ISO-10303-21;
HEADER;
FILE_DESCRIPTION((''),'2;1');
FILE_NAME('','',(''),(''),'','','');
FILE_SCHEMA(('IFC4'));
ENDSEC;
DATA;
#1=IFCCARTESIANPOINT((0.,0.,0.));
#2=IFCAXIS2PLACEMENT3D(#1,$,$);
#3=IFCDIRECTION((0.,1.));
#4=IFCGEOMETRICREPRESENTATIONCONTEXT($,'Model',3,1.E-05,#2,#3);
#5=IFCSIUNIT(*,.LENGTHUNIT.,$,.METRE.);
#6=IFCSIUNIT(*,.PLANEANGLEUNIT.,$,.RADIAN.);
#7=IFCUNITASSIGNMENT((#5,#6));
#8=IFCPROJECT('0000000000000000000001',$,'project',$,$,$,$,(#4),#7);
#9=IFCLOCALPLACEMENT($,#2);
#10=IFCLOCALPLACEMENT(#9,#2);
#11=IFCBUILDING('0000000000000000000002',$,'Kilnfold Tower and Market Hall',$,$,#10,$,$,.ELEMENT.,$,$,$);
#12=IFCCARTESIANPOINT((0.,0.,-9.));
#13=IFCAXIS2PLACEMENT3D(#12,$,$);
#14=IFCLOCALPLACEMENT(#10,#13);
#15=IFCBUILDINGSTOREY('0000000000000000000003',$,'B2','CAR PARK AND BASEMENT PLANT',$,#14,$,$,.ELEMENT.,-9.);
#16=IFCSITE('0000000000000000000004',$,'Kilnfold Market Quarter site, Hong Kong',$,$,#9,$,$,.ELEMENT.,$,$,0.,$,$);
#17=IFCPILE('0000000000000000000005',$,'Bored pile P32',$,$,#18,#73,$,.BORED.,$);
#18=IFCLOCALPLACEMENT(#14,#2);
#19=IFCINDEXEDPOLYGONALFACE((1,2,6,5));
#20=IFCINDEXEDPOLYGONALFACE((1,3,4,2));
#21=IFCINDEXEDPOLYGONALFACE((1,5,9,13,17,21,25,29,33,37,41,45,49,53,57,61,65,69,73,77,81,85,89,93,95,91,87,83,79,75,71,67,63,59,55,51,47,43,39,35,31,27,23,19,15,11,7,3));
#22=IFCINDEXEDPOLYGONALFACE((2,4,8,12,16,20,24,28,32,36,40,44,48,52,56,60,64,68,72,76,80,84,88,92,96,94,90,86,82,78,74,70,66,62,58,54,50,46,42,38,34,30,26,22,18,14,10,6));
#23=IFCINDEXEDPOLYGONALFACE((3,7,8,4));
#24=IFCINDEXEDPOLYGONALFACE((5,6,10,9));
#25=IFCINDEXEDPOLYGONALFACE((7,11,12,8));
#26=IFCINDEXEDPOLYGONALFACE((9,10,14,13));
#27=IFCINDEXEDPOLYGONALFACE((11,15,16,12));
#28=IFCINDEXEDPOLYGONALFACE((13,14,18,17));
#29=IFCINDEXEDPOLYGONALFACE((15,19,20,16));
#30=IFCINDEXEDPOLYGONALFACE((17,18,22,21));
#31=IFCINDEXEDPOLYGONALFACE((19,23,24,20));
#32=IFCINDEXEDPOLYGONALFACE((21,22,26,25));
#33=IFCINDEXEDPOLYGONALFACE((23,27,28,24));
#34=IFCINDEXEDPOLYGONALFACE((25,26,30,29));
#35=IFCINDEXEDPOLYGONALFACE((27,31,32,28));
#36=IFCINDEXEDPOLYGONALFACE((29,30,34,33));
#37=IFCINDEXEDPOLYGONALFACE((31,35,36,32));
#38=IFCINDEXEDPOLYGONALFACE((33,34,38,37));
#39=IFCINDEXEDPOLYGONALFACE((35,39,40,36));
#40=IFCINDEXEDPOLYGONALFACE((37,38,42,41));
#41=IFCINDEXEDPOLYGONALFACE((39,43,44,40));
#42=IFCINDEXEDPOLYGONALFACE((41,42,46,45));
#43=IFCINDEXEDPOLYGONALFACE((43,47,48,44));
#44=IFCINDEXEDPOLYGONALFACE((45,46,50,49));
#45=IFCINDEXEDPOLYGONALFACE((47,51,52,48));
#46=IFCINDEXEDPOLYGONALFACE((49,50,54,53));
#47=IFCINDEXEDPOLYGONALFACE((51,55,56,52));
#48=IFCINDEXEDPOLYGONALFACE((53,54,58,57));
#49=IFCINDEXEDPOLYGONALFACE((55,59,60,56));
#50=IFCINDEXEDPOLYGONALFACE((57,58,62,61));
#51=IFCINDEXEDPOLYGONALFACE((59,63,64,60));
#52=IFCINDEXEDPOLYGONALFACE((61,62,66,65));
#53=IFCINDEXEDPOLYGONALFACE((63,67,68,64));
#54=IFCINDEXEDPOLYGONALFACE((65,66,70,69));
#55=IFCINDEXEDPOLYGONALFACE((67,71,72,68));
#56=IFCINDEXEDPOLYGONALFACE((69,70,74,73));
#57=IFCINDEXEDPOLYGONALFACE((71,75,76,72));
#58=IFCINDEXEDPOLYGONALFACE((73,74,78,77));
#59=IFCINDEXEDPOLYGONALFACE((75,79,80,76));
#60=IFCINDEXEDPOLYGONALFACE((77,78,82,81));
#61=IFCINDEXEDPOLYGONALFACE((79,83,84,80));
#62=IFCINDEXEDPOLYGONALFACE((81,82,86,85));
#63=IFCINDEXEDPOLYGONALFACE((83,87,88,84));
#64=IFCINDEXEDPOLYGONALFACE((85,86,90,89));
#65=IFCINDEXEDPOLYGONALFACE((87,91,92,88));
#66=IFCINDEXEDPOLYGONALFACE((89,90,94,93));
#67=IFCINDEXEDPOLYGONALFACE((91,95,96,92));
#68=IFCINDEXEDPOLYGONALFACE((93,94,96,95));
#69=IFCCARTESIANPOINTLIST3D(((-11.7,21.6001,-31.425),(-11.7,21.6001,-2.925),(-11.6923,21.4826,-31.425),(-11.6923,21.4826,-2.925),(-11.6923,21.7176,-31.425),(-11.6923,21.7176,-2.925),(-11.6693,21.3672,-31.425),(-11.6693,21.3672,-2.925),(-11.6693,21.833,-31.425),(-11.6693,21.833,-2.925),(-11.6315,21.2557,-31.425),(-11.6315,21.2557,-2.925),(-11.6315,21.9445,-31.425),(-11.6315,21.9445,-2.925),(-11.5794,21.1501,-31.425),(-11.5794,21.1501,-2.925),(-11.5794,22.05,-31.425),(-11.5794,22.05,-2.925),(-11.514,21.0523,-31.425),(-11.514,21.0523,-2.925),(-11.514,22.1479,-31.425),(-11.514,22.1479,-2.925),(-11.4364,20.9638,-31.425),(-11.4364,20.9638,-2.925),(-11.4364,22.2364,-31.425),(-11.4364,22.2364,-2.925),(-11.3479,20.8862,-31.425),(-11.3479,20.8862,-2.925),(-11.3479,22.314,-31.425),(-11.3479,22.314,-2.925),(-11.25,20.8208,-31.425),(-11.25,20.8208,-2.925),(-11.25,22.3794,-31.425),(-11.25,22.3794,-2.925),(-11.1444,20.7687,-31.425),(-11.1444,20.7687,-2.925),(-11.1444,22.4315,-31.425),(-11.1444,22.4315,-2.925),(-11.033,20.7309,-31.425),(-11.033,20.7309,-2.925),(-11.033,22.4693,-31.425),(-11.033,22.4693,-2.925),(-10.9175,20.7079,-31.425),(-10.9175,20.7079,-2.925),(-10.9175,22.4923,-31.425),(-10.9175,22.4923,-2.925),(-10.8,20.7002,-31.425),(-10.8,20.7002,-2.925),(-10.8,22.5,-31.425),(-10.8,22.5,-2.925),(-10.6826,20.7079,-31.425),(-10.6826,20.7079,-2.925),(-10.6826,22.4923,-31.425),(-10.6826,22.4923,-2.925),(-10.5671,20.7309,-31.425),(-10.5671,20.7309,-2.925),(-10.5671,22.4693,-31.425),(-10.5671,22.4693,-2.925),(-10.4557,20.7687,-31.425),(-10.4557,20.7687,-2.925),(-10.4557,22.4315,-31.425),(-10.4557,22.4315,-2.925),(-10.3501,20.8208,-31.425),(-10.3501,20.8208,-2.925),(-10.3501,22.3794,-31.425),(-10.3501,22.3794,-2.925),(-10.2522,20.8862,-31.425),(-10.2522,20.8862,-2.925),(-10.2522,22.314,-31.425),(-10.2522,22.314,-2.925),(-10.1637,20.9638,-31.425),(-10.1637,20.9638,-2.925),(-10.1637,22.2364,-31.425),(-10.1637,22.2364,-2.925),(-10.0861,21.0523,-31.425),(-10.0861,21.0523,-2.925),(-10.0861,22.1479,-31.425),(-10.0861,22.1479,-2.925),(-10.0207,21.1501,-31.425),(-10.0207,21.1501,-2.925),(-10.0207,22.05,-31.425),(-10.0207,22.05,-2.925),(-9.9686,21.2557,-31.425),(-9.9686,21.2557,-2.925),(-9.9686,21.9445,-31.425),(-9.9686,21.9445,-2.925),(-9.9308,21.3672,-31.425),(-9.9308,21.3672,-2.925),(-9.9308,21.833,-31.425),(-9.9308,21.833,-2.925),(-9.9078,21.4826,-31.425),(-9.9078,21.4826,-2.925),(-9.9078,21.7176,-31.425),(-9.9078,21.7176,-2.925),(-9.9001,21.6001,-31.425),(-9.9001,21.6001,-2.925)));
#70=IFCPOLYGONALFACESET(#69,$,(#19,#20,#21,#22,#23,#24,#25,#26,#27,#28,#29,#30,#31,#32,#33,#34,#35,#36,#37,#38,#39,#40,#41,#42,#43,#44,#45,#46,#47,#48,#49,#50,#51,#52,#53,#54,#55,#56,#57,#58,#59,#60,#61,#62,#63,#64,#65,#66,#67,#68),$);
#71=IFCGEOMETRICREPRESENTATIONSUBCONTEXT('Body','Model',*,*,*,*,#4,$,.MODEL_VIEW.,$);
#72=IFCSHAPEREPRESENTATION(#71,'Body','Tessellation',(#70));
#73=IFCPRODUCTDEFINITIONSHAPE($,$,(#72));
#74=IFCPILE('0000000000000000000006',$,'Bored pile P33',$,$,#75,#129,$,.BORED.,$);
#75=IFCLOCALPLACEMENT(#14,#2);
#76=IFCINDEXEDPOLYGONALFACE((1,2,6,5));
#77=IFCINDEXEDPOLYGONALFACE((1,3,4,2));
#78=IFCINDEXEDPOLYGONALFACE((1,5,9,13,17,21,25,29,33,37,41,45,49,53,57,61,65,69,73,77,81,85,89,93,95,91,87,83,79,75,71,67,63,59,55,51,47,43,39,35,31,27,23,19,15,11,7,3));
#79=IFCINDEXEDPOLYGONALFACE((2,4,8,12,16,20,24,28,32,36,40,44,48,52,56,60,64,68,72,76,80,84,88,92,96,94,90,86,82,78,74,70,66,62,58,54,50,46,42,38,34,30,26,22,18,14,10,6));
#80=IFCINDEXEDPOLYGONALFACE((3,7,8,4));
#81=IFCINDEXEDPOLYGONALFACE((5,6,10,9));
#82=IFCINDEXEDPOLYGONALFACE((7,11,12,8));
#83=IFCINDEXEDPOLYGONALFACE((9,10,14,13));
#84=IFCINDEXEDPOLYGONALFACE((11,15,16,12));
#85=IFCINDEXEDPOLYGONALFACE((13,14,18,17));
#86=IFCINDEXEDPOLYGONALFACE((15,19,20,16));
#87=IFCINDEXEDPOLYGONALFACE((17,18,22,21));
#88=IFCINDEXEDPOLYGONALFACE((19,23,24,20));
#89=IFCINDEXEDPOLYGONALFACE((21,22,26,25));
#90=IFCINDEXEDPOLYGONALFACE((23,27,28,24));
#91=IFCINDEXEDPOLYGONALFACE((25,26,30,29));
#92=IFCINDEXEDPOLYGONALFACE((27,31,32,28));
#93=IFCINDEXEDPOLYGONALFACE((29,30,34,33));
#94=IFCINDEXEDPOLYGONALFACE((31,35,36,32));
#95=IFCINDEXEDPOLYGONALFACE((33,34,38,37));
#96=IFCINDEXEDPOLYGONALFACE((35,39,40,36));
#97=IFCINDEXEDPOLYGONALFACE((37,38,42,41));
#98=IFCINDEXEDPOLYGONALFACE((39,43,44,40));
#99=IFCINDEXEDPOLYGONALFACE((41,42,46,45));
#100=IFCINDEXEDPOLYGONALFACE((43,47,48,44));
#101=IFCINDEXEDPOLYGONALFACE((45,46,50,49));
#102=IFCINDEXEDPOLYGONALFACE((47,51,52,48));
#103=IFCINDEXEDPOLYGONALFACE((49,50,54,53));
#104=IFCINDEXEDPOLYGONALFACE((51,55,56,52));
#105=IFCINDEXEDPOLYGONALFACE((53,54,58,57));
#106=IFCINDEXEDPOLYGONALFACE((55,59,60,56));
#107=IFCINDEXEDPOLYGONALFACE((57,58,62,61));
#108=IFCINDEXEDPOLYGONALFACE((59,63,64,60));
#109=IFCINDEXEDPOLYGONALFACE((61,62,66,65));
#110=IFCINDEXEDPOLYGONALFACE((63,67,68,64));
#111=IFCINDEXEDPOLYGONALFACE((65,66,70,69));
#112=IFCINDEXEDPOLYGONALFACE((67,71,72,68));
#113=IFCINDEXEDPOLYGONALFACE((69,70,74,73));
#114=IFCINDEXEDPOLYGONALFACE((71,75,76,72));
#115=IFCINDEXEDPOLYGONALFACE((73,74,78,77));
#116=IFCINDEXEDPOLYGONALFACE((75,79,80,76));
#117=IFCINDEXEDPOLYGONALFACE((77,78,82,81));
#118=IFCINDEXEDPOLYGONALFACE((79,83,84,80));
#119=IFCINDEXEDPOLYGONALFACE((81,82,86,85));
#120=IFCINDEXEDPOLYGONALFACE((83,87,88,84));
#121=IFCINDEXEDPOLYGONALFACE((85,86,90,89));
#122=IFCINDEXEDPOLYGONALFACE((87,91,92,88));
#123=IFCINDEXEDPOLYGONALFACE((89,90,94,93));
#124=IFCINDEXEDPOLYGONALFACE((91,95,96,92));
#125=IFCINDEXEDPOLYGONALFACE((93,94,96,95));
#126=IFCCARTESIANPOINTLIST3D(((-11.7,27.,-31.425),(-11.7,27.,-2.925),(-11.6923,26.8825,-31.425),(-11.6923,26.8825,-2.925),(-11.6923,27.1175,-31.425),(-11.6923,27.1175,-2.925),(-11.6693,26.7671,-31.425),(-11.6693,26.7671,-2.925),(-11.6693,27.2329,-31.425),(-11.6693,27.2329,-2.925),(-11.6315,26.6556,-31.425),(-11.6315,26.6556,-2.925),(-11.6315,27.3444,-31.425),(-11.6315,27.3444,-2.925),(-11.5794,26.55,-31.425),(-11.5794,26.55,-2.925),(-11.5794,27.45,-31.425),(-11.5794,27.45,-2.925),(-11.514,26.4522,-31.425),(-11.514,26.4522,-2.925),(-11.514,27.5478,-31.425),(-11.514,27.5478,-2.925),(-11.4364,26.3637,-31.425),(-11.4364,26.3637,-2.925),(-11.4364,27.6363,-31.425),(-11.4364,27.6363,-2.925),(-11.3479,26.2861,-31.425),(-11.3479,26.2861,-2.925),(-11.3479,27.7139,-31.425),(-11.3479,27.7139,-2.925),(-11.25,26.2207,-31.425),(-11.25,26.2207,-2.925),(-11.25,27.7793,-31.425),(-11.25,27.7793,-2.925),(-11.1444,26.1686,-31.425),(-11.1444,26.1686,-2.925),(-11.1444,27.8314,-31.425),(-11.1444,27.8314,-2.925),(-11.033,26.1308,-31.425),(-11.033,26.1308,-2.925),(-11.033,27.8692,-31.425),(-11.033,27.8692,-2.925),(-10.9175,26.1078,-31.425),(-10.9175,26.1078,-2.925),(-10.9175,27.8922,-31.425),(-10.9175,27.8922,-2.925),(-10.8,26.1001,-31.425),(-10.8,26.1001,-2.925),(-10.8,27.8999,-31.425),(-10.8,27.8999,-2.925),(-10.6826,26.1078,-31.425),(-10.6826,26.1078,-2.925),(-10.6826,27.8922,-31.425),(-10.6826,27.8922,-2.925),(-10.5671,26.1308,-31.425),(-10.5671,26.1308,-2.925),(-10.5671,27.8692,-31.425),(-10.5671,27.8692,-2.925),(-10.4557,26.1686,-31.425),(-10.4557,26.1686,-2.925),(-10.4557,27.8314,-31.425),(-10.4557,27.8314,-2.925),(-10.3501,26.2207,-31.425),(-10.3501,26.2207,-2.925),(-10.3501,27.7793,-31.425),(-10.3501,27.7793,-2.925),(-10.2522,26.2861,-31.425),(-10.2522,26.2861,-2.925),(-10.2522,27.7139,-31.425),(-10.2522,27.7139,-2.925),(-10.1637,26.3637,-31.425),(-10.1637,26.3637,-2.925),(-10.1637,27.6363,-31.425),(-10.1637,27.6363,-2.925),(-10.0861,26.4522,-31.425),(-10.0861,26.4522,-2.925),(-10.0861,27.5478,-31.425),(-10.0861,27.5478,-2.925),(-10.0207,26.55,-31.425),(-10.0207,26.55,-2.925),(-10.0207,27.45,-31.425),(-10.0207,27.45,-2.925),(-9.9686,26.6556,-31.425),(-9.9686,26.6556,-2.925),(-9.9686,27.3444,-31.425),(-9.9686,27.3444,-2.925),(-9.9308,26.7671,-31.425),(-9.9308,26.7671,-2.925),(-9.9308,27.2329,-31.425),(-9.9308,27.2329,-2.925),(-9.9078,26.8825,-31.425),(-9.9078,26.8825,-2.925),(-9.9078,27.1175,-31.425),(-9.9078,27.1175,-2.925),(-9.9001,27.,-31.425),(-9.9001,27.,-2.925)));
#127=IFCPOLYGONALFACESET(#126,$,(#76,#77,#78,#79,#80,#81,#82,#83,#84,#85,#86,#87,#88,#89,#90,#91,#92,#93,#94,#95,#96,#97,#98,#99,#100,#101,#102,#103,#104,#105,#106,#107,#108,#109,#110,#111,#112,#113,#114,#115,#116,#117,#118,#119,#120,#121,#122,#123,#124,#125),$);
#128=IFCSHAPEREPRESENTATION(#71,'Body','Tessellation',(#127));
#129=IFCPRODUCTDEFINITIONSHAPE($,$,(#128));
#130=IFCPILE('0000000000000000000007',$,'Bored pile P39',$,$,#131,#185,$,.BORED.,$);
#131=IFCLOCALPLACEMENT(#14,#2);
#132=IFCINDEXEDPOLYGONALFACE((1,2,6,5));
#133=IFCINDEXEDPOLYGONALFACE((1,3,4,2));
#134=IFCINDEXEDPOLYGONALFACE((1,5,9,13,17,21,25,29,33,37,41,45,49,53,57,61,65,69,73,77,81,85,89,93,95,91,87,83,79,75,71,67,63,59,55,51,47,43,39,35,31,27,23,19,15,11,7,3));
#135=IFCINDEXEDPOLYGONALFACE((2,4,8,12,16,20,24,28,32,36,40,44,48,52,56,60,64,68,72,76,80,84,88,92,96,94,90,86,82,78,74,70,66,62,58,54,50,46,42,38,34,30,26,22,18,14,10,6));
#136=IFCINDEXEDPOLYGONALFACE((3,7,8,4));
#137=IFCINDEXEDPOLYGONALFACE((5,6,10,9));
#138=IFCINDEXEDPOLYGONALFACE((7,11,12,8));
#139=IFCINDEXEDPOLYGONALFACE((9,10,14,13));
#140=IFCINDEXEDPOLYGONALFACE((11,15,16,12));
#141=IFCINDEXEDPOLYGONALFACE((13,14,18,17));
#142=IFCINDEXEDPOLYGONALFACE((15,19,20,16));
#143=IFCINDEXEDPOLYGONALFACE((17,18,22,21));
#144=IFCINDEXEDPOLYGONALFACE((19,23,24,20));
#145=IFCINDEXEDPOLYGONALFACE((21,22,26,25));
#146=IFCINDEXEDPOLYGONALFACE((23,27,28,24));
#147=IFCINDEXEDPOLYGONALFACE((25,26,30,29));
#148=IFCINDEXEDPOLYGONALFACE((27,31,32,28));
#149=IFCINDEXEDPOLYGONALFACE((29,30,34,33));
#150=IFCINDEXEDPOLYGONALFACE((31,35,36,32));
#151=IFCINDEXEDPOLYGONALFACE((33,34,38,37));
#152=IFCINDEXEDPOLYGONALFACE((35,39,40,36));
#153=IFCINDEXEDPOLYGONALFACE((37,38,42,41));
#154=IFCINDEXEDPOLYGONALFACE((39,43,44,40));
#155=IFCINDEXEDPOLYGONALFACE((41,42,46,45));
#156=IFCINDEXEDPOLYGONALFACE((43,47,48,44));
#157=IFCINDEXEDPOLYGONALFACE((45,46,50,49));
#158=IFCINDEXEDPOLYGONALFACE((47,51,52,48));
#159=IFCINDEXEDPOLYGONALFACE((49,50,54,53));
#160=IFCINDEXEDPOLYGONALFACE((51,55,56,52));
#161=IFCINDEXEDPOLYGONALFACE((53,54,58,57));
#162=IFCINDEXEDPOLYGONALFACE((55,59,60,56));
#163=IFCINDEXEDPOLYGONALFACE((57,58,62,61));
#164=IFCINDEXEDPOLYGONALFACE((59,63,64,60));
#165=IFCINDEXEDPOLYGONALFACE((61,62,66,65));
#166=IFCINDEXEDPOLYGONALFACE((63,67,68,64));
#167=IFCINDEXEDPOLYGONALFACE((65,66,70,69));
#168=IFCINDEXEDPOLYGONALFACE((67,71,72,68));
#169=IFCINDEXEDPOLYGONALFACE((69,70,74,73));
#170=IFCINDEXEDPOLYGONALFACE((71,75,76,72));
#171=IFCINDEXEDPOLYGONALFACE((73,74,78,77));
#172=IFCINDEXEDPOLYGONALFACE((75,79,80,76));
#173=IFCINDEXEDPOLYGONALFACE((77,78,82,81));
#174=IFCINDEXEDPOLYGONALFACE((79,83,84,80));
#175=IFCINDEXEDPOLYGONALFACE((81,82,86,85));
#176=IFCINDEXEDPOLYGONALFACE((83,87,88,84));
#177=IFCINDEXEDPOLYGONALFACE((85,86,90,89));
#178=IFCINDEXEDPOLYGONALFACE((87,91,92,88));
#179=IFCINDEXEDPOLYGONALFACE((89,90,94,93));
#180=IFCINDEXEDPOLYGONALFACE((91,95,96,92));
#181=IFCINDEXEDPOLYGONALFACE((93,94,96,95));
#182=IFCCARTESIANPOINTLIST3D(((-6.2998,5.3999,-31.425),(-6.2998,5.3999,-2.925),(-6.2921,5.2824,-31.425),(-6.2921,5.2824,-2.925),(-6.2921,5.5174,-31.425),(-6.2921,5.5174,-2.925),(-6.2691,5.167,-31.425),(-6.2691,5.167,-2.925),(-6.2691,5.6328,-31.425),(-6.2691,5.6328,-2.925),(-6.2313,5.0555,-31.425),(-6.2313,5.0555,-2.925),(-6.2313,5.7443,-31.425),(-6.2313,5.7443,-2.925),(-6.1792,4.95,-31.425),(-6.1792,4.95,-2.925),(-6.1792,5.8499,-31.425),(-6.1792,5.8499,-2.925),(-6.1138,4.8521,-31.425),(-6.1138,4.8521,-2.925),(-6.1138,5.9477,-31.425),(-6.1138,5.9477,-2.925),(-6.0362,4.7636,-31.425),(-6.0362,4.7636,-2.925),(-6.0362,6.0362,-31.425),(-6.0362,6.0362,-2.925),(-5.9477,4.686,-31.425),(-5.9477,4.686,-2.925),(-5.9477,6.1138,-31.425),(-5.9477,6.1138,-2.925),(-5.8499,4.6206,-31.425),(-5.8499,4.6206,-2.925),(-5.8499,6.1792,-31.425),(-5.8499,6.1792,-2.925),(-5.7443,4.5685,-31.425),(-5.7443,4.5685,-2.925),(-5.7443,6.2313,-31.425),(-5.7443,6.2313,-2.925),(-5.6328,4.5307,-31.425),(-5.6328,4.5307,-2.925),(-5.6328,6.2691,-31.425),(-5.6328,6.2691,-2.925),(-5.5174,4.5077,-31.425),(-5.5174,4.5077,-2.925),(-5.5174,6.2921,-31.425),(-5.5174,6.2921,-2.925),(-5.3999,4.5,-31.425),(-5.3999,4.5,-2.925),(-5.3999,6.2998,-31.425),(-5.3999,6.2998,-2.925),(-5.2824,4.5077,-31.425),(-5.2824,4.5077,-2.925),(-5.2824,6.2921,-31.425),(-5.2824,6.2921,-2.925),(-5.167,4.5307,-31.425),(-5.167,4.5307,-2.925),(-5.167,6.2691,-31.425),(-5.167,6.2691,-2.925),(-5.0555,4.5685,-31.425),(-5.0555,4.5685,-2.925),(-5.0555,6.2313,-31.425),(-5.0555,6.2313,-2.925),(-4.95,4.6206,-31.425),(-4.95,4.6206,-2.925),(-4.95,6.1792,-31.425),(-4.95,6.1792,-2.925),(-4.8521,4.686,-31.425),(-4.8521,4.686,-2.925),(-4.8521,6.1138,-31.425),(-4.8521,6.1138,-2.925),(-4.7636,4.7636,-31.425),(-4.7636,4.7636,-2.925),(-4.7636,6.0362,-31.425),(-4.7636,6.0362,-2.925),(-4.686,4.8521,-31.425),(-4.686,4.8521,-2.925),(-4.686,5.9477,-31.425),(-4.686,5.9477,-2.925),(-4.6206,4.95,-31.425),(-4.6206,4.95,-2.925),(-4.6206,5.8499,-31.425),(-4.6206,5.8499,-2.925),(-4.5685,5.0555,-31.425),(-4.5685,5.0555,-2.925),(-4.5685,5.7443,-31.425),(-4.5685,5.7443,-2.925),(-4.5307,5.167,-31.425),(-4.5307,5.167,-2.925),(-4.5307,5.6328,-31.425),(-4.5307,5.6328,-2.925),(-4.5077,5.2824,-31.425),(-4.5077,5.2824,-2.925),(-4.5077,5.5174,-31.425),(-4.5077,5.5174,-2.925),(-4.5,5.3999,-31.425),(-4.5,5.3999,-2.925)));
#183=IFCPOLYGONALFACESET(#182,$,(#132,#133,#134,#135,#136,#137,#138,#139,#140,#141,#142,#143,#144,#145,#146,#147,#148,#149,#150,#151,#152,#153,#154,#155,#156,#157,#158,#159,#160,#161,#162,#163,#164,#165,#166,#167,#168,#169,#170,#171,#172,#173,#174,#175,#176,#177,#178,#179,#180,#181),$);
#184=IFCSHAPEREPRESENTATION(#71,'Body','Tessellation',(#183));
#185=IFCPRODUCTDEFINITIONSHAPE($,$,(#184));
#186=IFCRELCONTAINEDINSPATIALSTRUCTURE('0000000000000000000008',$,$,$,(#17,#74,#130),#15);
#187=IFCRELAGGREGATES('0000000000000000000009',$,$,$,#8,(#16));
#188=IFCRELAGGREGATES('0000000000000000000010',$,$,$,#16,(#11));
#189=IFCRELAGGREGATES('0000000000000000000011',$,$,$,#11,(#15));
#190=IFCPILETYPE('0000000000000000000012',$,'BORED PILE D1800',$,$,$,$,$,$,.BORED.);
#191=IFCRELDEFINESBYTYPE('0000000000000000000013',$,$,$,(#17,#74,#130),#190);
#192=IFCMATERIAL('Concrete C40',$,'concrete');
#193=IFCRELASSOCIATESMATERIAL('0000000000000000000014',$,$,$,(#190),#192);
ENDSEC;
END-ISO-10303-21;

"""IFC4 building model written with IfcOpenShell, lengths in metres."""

from ifc_helpers import new_model, si_unit, direction, frame, origin, origin_2d, place, context, subcontext, project, spatial, circle, extrude, source, transform, mapped, material, material_profile, profile_set, type_object, element, save


model = new_model("IFC4")

# Units and contexts
model_context = context("Model", 3, precision=1e-05, world=origin(), true_north=direction((0.0, 1.0)))
body_context = subcontext(model_context, "Body", "Model", "MODEL_VIEW")
ifc_project = project(units=[si_unit("LENGTHUNIT", "METRE"), si_unit("PLANEANGLEUNIT", "RADIAN")], contexts=[model_context])

# Site, building, storey
site_placement = place(None, origin())
site = spatial("IfcSite", under=ifc_project, at=site_placement, Name="Kilnfold Market Quarter site, Hong Kong", CompositionType="ELEMENT", RefElevation=0.0)
building_placement = place(site_placement, origin())
building = spatial("IfcBuilding", under=site, at=building_placement, Name="Kilnfold Tower and Market Hall", CompositionType="ELEMENT")
storey_placement = place(building_placement, frame((0.0, 0.0, -9.0)))
storey = spatial("IfcBuildingStorey", under=building, at=storey_placement, Name="B2", Description="CAR PARK AND BASEMENT PLANT", CompositionType="ELEMENT", Elevation=-9.0)

# Piles
ifc_material_1 = material(Name="Concrete C40", Category="concrete")
ifc_material_profile_1 = material_profile(ifc_material_1, circle(Radius=0.8999, at=origin_2d()), Name="RC D1800")
ifc_profile_set_1 = profile_set([ifc_material_profile_1], Name="Concrete C40")
pile_type = type_object("IfcPileType", Name="BORED PILE D1800", PredefinedType="BORED", material=ifc_profile_set_1)
shared_shape_1 = source(origin(), body_context, "Body", "SweptSolid", [
    extrude(circle(Radius=0.8999, at=origin_2d()), origin(), (0.0, 0.0, 1.0), 28.5),
])
for number, where, z_axis, x_axis, name in (
    (1, (-10.8, 21.6001, -2.925), (0.0, 0.0, -1.0), (1.0, 0.0, 0.0), "Bored pile P32"),
    (2, (-10.8, 27.0, -2.925), (0.0, 0.0, -1.0), (1.0, 0.0, 0.0), "Bored pile P33"),
    (3, (-5.3999, 5.3999, -2.925), (0.0, 0.0, -1.0), (1.0, 0.0, 0.0), "Bored pile P39"),
):
    element("IfcPile", number, at=place(storey_placement, frame(where, z_axis=z_axis, x_axis=x_axis)), inside=storey, type_object=pile_type, Name=name, PredefinedType="BORED", context=body_context, shape_type="MappedRepresentation", body=[
        mapped(shared_shape_1, transform((0.0, 0.0, 0.0))),
    ])

save(model, "model.ifc")
